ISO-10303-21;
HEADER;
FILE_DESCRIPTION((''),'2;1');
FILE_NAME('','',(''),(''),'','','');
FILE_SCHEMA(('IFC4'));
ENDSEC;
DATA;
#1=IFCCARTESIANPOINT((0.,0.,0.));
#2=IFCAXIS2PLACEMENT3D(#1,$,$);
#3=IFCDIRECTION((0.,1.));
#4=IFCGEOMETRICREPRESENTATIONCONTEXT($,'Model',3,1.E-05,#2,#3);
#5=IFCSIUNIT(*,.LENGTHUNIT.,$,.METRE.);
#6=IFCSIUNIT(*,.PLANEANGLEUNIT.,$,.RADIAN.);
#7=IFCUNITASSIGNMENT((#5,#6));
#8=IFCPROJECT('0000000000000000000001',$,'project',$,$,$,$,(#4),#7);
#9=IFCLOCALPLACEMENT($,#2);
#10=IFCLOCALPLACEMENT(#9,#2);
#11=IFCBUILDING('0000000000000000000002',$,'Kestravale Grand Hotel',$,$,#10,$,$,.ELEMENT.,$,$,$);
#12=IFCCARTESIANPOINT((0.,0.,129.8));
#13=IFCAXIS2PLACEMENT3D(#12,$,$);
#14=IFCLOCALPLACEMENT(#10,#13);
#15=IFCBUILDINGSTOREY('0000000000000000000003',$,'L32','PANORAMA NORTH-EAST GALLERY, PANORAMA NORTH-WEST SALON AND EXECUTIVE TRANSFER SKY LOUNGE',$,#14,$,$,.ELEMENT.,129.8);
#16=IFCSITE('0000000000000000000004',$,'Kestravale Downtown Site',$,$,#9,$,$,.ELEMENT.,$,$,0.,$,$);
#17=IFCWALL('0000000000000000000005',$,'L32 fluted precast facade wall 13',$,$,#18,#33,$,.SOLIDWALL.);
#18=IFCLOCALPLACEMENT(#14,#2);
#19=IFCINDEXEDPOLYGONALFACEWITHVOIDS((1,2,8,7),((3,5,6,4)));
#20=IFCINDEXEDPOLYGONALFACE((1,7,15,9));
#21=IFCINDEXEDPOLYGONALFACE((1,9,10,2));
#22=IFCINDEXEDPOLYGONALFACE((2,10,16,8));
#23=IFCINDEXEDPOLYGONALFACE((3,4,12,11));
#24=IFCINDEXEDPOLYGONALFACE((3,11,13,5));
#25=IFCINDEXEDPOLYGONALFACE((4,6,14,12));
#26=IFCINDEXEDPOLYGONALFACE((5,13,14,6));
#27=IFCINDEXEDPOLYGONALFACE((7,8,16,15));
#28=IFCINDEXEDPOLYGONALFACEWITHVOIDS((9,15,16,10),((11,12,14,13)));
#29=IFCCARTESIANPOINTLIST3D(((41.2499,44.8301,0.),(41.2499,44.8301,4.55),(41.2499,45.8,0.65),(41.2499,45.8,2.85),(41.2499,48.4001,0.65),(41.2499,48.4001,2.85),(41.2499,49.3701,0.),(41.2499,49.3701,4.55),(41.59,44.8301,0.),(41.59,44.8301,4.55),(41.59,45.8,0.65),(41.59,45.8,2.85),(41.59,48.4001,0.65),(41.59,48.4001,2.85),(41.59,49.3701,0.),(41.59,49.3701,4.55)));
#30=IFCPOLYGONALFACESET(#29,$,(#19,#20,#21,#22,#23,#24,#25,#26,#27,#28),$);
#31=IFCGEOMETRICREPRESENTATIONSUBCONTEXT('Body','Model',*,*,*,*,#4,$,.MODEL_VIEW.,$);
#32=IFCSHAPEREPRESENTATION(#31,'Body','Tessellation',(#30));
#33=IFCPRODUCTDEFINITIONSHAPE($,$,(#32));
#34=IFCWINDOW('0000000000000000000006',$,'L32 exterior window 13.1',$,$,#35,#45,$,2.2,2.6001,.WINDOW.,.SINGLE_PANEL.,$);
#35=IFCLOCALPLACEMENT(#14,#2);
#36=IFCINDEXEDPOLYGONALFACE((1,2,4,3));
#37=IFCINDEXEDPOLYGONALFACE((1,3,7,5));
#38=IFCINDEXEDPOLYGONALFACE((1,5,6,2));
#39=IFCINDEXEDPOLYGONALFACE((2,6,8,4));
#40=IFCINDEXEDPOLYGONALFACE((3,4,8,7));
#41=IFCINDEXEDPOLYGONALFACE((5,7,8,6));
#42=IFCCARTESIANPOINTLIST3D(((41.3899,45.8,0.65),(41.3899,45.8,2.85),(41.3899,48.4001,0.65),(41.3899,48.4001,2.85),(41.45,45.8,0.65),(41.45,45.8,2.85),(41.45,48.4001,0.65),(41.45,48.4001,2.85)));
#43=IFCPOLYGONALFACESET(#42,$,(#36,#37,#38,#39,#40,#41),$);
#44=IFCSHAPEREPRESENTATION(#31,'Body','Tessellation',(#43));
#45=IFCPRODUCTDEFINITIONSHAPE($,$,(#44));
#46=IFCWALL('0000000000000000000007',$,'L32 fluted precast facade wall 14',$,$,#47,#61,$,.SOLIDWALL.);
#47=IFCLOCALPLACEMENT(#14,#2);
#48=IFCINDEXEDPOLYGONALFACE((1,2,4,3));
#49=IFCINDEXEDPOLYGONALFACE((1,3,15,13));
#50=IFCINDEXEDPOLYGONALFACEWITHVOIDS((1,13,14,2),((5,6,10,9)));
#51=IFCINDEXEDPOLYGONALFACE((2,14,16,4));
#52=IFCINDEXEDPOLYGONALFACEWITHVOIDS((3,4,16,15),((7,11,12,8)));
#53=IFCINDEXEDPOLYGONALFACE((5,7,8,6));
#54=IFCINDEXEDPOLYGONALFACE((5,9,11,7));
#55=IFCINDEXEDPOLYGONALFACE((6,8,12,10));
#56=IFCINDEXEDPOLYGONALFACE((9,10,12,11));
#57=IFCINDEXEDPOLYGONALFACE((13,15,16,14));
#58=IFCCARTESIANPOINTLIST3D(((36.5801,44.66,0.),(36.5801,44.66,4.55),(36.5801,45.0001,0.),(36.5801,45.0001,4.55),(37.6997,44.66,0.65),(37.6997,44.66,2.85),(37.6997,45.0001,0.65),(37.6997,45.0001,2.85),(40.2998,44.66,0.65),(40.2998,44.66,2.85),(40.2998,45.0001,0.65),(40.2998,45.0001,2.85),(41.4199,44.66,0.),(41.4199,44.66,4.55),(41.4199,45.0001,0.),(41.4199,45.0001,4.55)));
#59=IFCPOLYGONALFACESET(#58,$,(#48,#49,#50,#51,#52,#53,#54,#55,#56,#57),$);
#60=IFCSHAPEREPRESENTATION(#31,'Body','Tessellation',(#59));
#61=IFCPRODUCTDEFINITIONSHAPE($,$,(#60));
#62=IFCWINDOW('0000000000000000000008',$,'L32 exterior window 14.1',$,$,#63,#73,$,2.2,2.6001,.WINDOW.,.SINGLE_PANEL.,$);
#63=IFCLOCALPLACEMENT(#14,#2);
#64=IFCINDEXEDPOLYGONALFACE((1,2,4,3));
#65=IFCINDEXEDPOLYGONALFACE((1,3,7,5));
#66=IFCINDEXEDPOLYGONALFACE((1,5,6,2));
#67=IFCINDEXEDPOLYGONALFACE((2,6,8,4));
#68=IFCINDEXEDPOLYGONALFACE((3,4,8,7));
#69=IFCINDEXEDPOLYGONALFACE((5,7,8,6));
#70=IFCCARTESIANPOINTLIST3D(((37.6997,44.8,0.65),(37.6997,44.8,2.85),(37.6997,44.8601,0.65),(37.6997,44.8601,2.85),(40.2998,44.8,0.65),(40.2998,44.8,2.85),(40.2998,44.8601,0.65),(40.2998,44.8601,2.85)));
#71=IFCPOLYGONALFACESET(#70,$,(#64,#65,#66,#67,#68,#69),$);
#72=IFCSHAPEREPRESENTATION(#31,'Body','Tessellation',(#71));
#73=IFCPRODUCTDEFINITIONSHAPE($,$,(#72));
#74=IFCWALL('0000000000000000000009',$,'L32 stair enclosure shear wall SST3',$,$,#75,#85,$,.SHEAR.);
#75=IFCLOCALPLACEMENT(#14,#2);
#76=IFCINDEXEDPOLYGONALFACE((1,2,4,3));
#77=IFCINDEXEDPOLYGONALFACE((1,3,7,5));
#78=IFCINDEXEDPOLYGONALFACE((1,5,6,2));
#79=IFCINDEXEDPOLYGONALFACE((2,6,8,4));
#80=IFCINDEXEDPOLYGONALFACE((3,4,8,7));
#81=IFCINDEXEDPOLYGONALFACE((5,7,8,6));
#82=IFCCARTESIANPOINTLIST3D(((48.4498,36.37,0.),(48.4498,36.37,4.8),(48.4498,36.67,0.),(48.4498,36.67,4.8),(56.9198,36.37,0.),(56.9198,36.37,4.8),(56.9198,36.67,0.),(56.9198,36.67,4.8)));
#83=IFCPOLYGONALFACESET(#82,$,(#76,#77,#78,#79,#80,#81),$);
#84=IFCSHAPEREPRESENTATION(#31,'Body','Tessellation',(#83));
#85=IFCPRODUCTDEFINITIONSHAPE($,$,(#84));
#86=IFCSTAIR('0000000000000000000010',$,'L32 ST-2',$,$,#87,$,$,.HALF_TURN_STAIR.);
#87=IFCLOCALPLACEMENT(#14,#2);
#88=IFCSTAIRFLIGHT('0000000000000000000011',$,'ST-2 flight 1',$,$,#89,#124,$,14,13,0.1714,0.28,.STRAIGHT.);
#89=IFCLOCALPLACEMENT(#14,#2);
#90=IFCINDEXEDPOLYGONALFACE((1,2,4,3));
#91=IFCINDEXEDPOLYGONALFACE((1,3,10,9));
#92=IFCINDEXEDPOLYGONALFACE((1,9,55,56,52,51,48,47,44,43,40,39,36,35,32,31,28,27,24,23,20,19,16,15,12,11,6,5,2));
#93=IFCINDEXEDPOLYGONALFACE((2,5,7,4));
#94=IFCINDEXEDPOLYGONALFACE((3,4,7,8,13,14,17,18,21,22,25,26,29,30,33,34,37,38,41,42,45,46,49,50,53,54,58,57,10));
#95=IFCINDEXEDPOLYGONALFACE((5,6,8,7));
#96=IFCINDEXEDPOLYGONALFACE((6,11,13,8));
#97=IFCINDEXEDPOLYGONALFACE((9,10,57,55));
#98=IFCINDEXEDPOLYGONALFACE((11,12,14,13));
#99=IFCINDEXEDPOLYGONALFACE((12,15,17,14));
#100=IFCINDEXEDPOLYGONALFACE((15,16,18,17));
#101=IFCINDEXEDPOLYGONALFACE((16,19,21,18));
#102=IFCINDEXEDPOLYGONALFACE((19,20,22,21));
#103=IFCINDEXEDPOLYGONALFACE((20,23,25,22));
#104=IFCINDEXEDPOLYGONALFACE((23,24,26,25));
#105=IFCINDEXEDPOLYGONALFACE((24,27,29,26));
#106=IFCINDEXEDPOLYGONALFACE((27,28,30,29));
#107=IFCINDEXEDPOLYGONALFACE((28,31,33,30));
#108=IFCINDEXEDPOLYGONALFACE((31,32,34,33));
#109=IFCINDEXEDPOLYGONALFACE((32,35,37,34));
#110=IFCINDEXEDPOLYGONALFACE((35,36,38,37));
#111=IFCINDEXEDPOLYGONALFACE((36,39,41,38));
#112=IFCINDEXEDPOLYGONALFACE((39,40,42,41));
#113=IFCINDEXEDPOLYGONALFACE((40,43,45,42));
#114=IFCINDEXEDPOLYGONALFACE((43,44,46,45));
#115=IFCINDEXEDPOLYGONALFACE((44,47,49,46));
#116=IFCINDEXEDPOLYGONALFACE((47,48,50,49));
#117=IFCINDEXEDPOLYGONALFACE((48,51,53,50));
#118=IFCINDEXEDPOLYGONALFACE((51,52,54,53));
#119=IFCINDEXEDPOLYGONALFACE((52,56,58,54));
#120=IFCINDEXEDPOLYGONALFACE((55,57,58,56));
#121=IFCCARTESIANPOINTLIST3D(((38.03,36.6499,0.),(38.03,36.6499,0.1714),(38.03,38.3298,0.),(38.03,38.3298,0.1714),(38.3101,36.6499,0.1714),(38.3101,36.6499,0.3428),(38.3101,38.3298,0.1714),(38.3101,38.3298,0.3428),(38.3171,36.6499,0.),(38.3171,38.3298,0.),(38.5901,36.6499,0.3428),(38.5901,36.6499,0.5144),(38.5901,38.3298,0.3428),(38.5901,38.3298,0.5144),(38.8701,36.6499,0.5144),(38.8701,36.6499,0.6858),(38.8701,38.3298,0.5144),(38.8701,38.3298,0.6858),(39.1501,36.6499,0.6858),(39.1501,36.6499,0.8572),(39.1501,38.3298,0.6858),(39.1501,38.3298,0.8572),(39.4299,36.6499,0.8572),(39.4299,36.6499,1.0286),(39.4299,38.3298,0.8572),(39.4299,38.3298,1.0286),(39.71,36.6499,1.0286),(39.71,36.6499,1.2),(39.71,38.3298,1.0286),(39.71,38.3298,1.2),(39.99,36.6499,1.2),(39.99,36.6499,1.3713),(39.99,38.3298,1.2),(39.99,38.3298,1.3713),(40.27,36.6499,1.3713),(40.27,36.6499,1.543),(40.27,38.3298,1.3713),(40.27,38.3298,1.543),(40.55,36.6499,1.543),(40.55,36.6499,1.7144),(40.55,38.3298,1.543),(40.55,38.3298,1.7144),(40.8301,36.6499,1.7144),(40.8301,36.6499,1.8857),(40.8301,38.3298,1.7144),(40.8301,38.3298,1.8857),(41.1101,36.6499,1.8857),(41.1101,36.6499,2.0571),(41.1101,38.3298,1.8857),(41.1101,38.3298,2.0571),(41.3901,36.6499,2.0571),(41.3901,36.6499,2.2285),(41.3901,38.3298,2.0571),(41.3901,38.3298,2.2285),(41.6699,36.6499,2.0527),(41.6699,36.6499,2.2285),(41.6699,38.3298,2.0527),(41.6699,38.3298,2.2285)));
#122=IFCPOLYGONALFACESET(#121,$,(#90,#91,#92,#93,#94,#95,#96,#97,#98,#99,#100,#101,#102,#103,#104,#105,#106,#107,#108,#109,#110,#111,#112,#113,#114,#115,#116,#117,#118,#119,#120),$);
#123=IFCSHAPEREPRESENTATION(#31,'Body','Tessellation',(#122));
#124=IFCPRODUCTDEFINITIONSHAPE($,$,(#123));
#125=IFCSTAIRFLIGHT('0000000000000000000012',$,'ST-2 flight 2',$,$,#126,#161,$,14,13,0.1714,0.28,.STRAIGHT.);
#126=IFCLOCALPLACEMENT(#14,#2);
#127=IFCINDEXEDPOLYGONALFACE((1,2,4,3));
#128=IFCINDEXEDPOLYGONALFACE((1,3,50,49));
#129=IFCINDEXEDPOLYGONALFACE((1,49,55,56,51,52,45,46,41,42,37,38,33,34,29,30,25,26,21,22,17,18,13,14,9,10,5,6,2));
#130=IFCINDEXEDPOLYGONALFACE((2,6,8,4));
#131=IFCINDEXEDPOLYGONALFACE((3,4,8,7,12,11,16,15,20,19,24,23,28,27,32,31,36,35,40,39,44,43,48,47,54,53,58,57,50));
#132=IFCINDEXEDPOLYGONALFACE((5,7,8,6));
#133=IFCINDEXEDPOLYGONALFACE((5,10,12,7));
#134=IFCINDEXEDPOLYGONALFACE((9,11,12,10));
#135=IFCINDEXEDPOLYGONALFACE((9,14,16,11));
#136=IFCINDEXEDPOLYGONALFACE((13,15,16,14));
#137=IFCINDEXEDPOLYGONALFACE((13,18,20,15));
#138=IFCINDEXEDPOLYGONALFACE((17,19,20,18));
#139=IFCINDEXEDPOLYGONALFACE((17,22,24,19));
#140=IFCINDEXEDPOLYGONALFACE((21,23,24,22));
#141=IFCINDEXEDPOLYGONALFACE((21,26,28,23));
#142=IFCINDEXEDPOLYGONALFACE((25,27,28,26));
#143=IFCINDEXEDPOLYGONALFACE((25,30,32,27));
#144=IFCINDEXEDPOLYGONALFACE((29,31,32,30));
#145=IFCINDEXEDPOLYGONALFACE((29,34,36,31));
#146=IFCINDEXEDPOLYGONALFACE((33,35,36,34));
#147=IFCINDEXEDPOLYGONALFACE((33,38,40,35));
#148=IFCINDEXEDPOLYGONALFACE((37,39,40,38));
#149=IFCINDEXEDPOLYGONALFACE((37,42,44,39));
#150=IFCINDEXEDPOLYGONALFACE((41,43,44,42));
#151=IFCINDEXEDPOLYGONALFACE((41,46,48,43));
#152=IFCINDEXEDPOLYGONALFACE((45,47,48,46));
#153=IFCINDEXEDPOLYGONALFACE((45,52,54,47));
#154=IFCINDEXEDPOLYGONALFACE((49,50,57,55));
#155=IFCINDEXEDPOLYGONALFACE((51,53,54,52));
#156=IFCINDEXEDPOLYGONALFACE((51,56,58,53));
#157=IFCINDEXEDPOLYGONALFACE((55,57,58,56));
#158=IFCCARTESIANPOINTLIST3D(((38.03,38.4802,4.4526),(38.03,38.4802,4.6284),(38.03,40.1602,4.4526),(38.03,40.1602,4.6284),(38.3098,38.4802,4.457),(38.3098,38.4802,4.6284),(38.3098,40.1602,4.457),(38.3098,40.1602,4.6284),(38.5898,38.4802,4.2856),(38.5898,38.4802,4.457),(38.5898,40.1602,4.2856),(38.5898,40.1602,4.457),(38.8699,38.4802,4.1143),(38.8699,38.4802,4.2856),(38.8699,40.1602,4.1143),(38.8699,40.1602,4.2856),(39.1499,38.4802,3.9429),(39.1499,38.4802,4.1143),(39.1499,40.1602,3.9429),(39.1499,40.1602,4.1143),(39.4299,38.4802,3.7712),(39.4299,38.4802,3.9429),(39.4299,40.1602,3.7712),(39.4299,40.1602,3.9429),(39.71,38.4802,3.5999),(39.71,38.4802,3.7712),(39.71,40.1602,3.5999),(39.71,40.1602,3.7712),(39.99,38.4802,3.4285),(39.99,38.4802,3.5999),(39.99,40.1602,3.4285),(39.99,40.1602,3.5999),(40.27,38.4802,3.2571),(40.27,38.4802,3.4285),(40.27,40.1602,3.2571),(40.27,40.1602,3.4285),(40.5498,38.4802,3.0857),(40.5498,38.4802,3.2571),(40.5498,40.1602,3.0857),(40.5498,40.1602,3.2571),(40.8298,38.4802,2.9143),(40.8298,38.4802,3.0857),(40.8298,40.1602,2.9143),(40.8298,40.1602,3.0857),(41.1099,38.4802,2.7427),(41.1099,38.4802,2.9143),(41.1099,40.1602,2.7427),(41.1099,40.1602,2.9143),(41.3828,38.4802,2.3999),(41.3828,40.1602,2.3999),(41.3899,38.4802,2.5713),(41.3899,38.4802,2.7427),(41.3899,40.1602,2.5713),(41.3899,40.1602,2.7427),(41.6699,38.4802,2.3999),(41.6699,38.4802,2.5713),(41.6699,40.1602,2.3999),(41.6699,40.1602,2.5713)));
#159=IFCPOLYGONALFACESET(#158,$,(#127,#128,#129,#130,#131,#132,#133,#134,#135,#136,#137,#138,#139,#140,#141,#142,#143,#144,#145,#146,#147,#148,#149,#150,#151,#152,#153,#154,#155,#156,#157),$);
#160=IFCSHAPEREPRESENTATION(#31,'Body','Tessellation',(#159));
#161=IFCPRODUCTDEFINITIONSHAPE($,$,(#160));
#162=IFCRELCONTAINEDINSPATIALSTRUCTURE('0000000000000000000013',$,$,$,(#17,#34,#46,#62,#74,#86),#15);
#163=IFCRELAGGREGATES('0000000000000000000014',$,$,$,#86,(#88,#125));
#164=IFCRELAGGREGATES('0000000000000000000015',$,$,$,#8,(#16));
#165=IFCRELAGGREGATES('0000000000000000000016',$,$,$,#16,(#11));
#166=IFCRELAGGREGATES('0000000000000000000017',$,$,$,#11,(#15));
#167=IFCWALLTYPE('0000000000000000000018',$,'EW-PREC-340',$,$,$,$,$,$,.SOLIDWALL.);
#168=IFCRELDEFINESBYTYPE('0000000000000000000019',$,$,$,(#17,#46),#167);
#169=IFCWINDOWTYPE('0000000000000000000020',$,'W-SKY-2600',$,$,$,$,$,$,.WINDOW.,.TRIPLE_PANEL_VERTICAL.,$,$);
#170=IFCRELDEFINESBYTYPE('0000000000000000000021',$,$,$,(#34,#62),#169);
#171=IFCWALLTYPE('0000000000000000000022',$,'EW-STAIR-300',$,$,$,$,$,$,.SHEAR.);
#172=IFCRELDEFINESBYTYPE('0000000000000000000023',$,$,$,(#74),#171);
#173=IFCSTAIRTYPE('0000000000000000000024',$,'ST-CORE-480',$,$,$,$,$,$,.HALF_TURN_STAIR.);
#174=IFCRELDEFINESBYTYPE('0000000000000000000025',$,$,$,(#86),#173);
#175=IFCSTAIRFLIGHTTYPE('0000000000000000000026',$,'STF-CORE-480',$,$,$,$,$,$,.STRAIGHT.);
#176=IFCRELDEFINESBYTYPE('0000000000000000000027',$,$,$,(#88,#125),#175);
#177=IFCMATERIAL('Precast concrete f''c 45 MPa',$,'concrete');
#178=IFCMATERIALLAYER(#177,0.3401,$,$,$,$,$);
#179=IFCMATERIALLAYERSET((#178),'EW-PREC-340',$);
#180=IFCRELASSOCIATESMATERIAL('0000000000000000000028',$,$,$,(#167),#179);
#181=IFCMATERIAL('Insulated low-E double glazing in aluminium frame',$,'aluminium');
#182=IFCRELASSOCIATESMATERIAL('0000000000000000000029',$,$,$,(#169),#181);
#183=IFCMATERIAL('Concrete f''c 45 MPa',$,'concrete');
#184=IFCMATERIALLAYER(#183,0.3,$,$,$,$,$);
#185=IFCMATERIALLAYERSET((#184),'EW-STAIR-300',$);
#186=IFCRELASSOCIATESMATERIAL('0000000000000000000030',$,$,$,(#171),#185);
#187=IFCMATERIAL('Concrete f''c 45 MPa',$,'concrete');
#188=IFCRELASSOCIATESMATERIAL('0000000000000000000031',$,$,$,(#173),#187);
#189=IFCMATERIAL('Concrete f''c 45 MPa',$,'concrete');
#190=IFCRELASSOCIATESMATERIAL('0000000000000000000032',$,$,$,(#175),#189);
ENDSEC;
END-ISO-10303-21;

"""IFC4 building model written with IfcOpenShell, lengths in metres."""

from ifc_helpers import new_model, si_unit, direction, frame, frame_2d, origin, place, context, subcontext, project, spatial, polyline, rectangle, outline, extrude, material, layer, layer_set, type_object, element, fill, aggregate, save


model = new_model("IFC4")

# Units and contexts
model_context = context("Model", 3, precision=1e-05, world=origin(), true_north=direction((0.0, 1.0)))
body_context = subcontext(model_context, "Body", "Model", "MODEL_VIEW")
ifc_project = project(units=[si_unit("LENGTHUNIT", "METRE"), si_unit("PLANEANGLEUNIT", "RADIAN")], contexts=[model_context])

# Site, building, storey
site_placement = place(None, origin())
site = spatial("IfcSite", under=ifc_project, at=site_placement, Name="Kestravale Downtown Site", CompositionType="ELEMENT", RefElevation=0.0)
building_placement = place(site_placement, origin())
building = spatial("IfcBuilding", under=site, at=building_placement, Name="Kestravale Grand Hotel", CompositionType="ELEMENT")
storey_placement = place(building_placement, frame((0.0, 0.0, 129.8)))
storey = spatial("IfcBuildingStorey", under=building, at=storey_placement, Name="L32", Description="PANORAMA NORTH-EAST GALLERY, PANORAMA NORTH-WEST SALON AND EXECUTIVE TRANSFER SKY LOUNGE", CompositionType="ELEMENT", Elevation=129.8)

# Shared definitions
ifc_material_1 = material(Name="Precast concrete f'c 45 MPa", Category="concrete")
ifc_layer_1 = layer(ifc_material_1, 0.3401)
ifc_layer_set_1 = layer_set([ifc_layer_1], Name="EW-PREC-340")
wall_type_1 = type_object("IfcWallType", Name="EW-PREC-340", PredefinedType="SOLIDWALL", material=ifc_layer_set_1)

# Walls, openings, windows
wall_1_placement = place(storey_placement, frame((41.4199, 49.3701, 0.0), z_axis=(0.0, 0.0, 1.0), x_axis=(0.0, -1.0, 0.0)))
wall_1 = element("IfcWall", 1, at=wall_1_placement, inside=storey, type_object=wall_type_1, Name="L32 fluted precast facade wall 13", PredefinedType="SOLIDWALL", context=body_context, shape_type="SweptSolid", body=[
    extrude(rectangle(XDim=4.54, YDim=0.3401, at=frame_2d((2.27, 0.0))), origin(), (0.0, 0.0, 1.0), 4.55),
])
opening_1_placement = place(wall_1_placement, frame((0.97, 0.0, 0.6499)))
opening_1 = element("IfcOpeningElement", 2, at=opening_1_placement, cuts=wall_1, PredefinedType="OPENING", context=body_context, shape_type="SweptSolid", body=[
    extrude(rectangle(XDim=2.6001, YDim=2.2, at=frame_2d((1.3, 1.1001))), frame((0.0, 0.1799, 0.0), z_axis=(0.0, -1.0, 0.0), x_axis=(1.0, 0.0, 0.0)), (0.0, 0.0, 1.0), 0.3601),
])
ifc_material_2 = material(Name="Insulated low-E double glazing in aluminium frame", Category="aluminium")
window_type = type_object("IfcWindowType", Name="W-SKY-2600", PartitioningType="TRIPLE_PANEL_VERTICAL", PredefinedType="WINDOW", material=ifc_material_2)
window_1_placement = place(opening_1_placement, origin())
window_1 = element("IfcWindow", 3, at=window_1_placement, inside=storey, type_object=window_type, Name="L32 exterior window 13.1", OverallHeight=2.2, OverallWidth=2.6001, PartitioningType="SINGLE_PANEL", PredefinedType="WINDOW", context=body_context, shape_type="SweptSolid", body=[
    extrude(rectangle(XDim=2.6001, YDim=2.2, at=frame_2d((1.3, 1.1001))), frame((0.0, 0.03, 0.0), z_axis=(0.0, -1.0, 0.0), x_axis=(1.0, 0.0, 0.0)), (0.0, 0.0, 1.0), 0.0601),
])
fill(opening_1, window_1)
wall_2_placement = place(storey_placement, frame((41.4199, 44.8301, 0.0), z_axis=(0.0, 0.0, 1.0), x_axis=(-1.0, 0.0, 0.0)))
wall_2 = element("IfcWall", 4, at=wall_2_placement, inside=storey, type_object=wall_type_1, Name="L32 fluted precast facade wall 14", PredefinedType="SOLIDWALL", context=body_context, shape_type="SweptSolid", body=[
    extrude(rectangle(XDim=4.8398, YDim=0.3401, at=frame_2d((2.4199, 0.0))), origin(), (0.0, 0.0, 1.0), 4.55),
])
opening_2_placement = place(wall_2_placement, frame((1.1201, 0.0, 0.6499)))
opening_2 = element("IfcOpeningElement", 5, at=opening_2_placement, cuts=wall_2, PredefinedType="OPENING", context=body_context, shape_type="SweptSolid", body=[
    extrude(rectangle(XDim=2.6001, YDim=2.2, at=frame_2d((1.3, 1.1001))), frame((0.0, 0.1799, 0.0), z_axis=(0.0, -1.0, 0.0), x_axis=(1.0, 0.0, 0.0)), (0.0, 0.0, 1.0), 0.3601),
])
window_2_placement = place(opening_2_placement, origin())
window_2 = element("IfcWindow", 6, at=window_2_placement, inside=storey, type_object=window_type, Name="L32 exterior window 14.1", OverallHeight=2.2, OverallWidth=2.6001, PartitioningType="SINGLE_PANEL", PredefinedType="WINDOW", context=body_context, shape_type="SweptSolid", body=[
    extrude(rectangle(XDim=2.6001, YDim=2.2, at=frame_2d((1.3, 1.1001))), frame((0.0, 0.03, 0.0), z_axis=(0.0, -1.0, 0.0), x_axis=(1.0, 0.0, 0.0)), (0.0, 0.0, 1.0), 0.0601),
])
fill(opening_2, window_2)

# Wall
ifc_material_3 = material(Name="Concrete f'c 45 MPa", Category="concrete")
ifc_layer_2 = layer(ifc_material_3, 0.3)
ifc_layer_set_2 = layer_set([ifc_layer_2], Name="EW-STAIR-300")
wall_type_2 = type_object("IfcWallType", Name="EW-STAIR-300", PredefinedType="SHEAR", material=ifc_layer_set_2)
wall_3_placement = place(storey_placement, frame((48.45, 36.52, 0.0), z_axis=(0.0, 0.0, 1.0), x_axis=(1.0, 0.0, 0.0)))
element("IfcWall", 7, at=wall_3_placement, inside=storey, type_object=wall_type_2, Name="L32 stair enclosure shear wall SST3", PredefinedType="SHEAR", context=body_context, shape_type="SweptSolid", body=[
    extrude(rectangle(XDim=8.47, YDim=0.3, at=frame_2d((4.2349, 0.0))), origin(), (0.0, 0.0, 1.0), 4.8),
])

# Stair, stair flights
ifc_material_4 = material(Name="Concrete f'c 45 MPa", Category="concrete")
stair_type = type_object("IfcStairType", Name="ST-CORE-480", PredefinedType="HALF_TURN_STAIR", material=ifc_material_4)
stair_1_placement = place(storey_placement, origin())
stair_1 = element("IfcStair", 8, at=stair_1_placement, inside=storey, type_object=stair_type, Name="L32 ST-2", PredefinedType="HALF_TURN_STAIR")
ifc_material_5 = material(Name="Concrete f'c 45 MPa", Category="concrete")
stair_flight_type = type_object("IfcStairFlightType", Name="STF-CORE-480", PredefinedType="STRAIGHT", material=ifc_material_5)
stair_flight_1_placement = place(storey_placement, frame((38.03, 37.49, 0.0), z_axis=(0.0, 0.0, 1.0), x_axis=(1.0, 0.0, 0.0)))
stair_flight_1 = element("IfcStairFlight", 9, at=stair_flight_1_placement, type_object=stair_flight_type, Name="ST-2 flight 1", NumberOfRisers=14, NumberOfTreads=13, PredefinedType="STRAIGHT", RiserHeight=0.1714, TreadLength=0.28, context=body_context, shape_type="SweptSolid", body=[
    extrude(outline(polyline([(0.0, 0.0), (0.0, 0.1714), (0.28, 0.1714), (0.28, 0.3428), (0.5601, 0.3428), (0.5601, 0.5144), (0.8401, 0.5144), (0.8401, 0.6858), (1.1201, 0.6858), (1.1201, 0.8572), (1.3999, 0.8572), (1.3999, 1.0286), (1.6799, 1.0286), (1.6799, 1.2), (1.96, 1.2), (1.96, 1.3713), (2.24, 1.3713), (2.24, 1.543), (2.52, 1.543), (2.52, 1.7144), (2.8, 1.7144), (2.8, 1.8857), (3.0801, 1.8857), (3.0801, 2.0571), (3.3601, 2.0571), (3.3601, 2.2285), (3.6399, 2.2285), (3.6399, 2.3999), (3.6399, 2.0527), (0.2871, 0.0), (0.0, 0.0)])), frame((0.0, 0.8398, 0.0), z_axis=(0.0, -1.0, 0.0), x_axis=(1.0, 0.0, 0.0)), (0.0, 0.0, 1.0), 1.6799),
])
stair_flight_2_placement = place(storey_placement, frame((41.6699, 39.3201, 2.3999), z_axis=(0.0, 0.0, 1.0), x_axis=(-1.0, 0.0, 0.0)))
stair_flight_2 = element("IfcStairFlight", 10, at=stair_flight_2_placement, type_object=stair_flight_type, Name="ST-2 flight 2", NumberOfRisers=14, NumberOfTreads=13, PredefinedType="STRAIGHT", RiserHeight=0.1714, TreadLength=0.28, context=body_context, shape_type="SweptSolid", body=[
    extrude(outline(polyline([(0.0, 0.0), (0.0, 0.1714), (0.28, 0.1714), (0.28, 0.3428), (0.5601, 0.3428), (0.5601, 0.5144), (0.8401, 0.5144), (0.8401, 0.6858), (1.1201, 0.6858), (1.1201, 0.8572), (1.3999, 0.8572), (1.3999, 1.0286), (1.6799, 1.0286), (1.6799, 1.2), (1.96, 1.2), (1.96, 1.3713), (2.24, 1.3713), (2.24, 1.543), (2.52, 1.543), (2.52, 1.7144), (2.8, 1.7144), (2.8, 1.8857), (3.0801, 1.8857), (3.0801, 2.0571), (3.3601, 2.0571), (3.3601, 2.2285), (3.6399, 2.2285), (3.6399, 2.3999), (3.6399, 2.0527), (0.2871, 0.0), (0.0, 0.0)])), frame((0.0, 0.8398, 0.0), z_axis=(0.0, -1.0, 0.0), x_axis=(1.0, 0.0, 0.0)), (0.0, 0.0, 1.0), 1.6799),
])
aggregate(stair_1, [stair_flight_1, stair_flight_2])

save(model, "model.ifc")
